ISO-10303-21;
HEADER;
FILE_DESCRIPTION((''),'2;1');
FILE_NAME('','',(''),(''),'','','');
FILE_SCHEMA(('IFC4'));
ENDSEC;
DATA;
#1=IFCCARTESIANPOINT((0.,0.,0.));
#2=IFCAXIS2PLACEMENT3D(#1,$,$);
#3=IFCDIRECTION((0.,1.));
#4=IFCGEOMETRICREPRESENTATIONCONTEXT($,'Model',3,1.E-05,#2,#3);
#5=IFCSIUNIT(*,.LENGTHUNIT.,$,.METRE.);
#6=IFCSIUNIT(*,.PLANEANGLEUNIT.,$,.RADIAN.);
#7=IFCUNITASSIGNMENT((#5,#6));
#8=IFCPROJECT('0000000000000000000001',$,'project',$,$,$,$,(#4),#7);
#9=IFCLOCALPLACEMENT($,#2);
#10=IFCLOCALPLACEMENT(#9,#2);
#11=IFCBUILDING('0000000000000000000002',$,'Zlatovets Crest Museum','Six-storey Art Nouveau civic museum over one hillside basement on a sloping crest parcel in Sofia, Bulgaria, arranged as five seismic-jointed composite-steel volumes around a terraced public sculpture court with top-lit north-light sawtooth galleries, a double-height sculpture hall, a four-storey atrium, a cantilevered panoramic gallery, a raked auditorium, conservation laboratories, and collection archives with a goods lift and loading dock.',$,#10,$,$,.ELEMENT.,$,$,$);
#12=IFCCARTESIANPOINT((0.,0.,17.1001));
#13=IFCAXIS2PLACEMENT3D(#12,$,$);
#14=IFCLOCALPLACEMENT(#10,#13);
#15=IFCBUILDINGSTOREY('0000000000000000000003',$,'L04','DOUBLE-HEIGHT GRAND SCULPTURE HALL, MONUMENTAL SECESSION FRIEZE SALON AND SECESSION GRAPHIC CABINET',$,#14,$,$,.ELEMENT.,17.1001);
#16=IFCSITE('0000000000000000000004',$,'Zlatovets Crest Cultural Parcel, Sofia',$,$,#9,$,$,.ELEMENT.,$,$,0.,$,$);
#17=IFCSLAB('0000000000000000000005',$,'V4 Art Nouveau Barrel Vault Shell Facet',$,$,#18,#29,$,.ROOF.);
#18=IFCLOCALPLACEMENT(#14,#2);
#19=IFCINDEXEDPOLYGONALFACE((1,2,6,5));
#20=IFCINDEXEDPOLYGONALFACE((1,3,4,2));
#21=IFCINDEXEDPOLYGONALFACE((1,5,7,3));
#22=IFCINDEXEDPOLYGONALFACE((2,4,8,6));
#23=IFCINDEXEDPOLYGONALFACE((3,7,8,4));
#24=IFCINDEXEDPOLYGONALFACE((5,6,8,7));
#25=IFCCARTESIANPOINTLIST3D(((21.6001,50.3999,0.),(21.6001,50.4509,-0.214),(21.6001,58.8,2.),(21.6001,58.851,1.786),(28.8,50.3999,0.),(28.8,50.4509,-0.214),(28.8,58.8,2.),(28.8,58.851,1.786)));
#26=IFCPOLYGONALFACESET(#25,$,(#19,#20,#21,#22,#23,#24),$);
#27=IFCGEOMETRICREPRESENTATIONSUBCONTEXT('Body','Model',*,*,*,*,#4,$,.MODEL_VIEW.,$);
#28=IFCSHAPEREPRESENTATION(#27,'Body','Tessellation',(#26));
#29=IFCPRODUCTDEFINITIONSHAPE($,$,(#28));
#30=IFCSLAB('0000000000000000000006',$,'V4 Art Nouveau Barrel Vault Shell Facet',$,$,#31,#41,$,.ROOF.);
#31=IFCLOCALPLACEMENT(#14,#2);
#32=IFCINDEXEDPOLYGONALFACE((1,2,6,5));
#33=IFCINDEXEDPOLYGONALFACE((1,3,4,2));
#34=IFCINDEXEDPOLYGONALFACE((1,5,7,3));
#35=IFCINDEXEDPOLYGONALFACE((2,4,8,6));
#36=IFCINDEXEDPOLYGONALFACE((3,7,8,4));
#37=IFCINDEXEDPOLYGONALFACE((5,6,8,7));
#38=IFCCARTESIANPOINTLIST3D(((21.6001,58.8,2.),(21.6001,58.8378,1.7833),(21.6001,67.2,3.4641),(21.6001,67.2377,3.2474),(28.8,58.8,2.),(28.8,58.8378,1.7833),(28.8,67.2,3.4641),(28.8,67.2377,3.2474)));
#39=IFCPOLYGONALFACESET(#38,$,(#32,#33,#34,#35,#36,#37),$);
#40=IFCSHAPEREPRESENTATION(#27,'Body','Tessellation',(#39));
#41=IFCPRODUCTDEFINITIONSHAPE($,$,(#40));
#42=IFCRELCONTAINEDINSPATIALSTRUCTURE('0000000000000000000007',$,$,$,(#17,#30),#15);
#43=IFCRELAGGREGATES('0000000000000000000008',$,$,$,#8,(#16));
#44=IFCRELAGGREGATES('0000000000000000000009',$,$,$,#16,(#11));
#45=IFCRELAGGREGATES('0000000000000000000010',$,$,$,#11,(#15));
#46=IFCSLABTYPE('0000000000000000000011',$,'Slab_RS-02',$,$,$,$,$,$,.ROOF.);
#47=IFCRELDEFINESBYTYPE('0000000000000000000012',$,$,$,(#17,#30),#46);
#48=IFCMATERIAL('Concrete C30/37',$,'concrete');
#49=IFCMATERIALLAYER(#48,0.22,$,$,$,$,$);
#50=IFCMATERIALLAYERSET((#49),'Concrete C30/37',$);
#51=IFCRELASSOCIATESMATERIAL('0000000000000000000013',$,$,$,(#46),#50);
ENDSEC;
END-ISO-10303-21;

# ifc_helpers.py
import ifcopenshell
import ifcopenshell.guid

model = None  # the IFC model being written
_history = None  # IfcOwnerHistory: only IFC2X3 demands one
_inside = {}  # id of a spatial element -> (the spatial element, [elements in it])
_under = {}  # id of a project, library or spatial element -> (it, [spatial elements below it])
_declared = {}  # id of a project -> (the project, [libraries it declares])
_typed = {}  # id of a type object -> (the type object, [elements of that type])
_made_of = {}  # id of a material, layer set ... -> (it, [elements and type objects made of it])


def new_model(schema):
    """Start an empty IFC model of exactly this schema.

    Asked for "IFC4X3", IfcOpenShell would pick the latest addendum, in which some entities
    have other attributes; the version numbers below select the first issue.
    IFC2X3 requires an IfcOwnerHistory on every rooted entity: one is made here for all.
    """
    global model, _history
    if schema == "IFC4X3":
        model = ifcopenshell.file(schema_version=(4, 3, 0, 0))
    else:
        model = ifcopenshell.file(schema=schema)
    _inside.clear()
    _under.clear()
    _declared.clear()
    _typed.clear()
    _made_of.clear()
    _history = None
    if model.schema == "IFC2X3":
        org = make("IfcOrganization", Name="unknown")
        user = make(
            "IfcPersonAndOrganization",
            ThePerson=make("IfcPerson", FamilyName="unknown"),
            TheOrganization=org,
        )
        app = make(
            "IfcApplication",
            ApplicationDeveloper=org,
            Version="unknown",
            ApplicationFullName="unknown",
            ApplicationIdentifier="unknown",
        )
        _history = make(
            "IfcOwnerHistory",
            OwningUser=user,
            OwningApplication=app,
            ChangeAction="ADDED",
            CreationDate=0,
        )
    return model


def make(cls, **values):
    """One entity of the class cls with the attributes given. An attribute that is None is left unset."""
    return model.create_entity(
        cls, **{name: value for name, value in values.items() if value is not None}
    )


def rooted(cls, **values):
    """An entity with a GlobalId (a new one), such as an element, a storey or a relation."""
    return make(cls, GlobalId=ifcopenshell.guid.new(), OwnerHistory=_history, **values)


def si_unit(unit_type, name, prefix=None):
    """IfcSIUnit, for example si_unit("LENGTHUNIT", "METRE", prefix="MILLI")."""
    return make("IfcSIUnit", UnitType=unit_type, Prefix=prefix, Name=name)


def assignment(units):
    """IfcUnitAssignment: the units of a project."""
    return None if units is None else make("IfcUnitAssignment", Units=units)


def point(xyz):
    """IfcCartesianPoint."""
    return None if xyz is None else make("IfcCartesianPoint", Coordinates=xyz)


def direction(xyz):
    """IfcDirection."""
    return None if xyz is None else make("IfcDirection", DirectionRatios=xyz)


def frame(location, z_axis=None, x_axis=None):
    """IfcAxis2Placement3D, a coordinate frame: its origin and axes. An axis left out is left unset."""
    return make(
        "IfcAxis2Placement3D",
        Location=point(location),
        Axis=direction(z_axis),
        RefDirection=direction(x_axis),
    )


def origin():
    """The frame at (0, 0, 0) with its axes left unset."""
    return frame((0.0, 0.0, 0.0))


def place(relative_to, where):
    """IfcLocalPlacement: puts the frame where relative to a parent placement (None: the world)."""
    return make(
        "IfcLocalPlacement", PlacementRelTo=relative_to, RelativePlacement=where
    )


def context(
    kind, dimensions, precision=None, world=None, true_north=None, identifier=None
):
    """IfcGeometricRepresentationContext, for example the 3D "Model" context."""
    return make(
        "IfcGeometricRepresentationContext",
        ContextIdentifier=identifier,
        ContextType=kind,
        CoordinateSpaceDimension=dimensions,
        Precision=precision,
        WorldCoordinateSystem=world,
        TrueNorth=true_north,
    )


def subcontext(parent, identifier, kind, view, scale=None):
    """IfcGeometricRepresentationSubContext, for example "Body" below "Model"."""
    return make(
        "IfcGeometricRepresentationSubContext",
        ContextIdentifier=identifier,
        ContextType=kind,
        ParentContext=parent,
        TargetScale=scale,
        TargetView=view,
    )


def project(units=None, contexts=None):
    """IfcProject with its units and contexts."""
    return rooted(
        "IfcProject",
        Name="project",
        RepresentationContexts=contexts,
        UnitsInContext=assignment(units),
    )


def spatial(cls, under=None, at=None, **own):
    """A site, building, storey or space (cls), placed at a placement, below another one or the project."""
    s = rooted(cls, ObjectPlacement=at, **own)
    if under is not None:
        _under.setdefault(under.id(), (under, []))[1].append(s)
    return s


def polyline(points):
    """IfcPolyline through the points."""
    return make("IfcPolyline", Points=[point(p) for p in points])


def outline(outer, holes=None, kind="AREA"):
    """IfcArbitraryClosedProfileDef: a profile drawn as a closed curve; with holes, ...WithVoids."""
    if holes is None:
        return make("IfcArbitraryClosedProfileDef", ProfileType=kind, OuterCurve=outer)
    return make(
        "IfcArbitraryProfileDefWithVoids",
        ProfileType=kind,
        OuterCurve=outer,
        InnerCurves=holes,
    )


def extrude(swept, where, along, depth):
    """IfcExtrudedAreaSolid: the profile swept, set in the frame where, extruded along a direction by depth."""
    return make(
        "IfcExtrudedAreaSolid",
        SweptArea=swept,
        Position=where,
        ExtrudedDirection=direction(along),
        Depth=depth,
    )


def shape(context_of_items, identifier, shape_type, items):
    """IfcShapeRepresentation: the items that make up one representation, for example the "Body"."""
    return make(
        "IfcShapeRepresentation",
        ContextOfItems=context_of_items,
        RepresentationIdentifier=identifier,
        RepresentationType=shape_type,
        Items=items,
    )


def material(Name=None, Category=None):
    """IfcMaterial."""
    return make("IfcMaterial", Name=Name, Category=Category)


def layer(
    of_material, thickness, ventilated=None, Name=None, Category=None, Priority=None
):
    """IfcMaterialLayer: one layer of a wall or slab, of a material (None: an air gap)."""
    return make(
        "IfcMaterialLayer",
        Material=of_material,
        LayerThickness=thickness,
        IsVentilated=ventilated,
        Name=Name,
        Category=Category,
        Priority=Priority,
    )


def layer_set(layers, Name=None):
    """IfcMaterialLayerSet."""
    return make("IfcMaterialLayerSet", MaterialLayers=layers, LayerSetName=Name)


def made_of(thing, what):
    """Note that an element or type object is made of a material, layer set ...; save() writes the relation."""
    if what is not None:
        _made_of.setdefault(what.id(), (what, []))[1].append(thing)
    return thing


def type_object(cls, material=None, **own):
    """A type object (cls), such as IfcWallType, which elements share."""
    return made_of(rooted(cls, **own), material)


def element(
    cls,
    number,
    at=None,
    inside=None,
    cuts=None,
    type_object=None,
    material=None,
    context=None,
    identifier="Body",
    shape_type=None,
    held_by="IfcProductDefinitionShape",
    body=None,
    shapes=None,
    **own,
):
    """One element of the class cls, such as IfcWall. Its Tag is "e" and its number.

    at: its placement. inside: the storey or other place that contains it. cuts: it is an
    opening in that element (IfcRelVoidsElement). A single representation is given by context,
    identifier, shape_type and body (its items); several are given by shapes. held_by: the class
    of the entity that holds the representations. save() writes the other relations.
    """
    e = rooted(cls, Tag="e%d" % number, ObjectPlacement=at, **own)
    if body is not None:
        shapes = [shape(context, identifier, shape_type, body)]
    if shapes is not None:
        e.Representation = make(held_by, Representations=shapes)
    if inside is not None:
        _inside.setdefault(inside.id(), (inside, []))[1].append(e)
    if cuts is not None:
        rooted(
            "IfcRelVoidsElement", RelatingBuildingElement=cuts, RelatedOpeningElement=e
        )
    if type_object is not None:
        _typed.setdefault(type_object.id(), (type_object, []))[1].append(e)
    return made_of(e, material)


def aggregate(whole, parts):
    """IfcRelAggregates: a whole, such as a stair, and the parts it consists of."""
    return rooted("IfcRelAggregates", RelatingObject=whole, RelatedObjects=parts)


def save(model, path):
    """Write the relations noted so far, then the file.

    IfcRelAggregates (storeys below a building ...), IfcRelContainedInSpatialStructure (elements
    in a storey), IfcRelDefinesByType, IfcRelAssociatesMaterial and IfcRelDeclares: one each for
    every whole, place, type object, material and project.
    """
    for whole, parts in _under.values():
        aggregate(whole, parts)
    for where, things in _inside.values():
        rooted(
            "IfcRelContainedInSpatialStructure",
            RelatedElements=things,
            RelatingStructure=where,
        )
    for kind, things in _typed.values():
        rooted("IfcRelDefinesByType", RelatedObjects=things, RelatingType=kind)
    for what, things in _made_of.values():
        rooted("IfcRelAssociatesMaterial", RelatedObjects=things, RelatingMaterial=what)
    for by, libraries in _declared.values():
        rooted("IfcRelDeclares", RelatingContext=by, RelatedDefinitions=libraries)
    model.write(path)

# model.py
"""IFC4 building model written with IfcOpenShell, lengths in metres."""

from ifc_helpers import new_model, si_unit, direction, frame, origin, place, context, subcontext, project, spatial, polyline, outline, extrude, material, layer, layer_set, type_object, element, save


model = new_model("IFC4")

# Units and contexts
model_context = context("Model", 3, precision=1e-05, world=origin(), true_north=direction((0.0, 1.0)))
body_context = subcontext(model_context, "Body", "Model", "MODEL_VIEW")
ifc_project = project(units=[si_unit("LENGTHUNIT", "METRE"), si_unit("PLANEANGLEUNIT", "RADIAN")], contexts=[model_context])

# Site, building, storey
site_placement = place(None, origin())
site = spatial("IfcSite", under=ifc_project, at=site_placement, Name="Zlatovets Crest Cultural Parcel, Sofia", CompositionType="ELEMENT", RefElevation=0.0)
building_placement = place(site_placement, origin())
building = spatial("IfcBuilding", under=site, at=building_placement, Name="Zlatovets Crest Museum", Description="Six-storey Art Nouveau civic museum over one hillside basement on a sloping crest parcel in Sofia, Bulgaria, arranged as five seismic-jointed composite-steel volumes around a terraced public sculpture court with top-lit north-light sawtooth galleries, a double-height sculpture hall, a four-storey atrium, a cantilevered panoramic gallery, a raked auditorium, conservation laboratories, and collection archives with a goods lift and loading dock.", CompositionType="ELEMENT")
storey_placement = place(building_placement, frame((0.0, 0.0, 17.1001)))
storey = spatial("IfcBuildingStorey", under=building, at=storey_placement, Name="L04", Description="DOUBLE-HEIGHT GRAND SCULPTURE HALL, MONUMENTAL SECESSION FRIEZE SALON AND SECESSION GRAPHIC CABINET", CompositionType="ELEMENT", Elevation=17.1001)

# Slabs
ifc_material_1 = material(Name="Concrete C30/37", Category="concrete")
ifc_layer = layer(ifc_material_1, 0.22)
ifc_layer_set = layer_set([ifc_layer], Name="Concrete C30/37")
slab_type = type_object("IfcSlabType", Name="Slab_RS-02", PredefinedType="ROOF", material=ifc_layer_set)
slab_1_placement = place(storey_placement, frame((21.6001, 50.3999, 0.0), z_axis=(0.0, -0.231617, 0.972807), x_axis=(1.0, 0.0, 0.0)))
element("IfcSlab", 1, at=slab_1_placement, inside=storey, type_object=slab_type, Name="V4 Art Nouveau Barrel Vault Shell Facet", PredefinedType="ROOF", context=body_context, shape_type="SweptSolid", body=[
    extrude(outline(polyline([(0.0, 0.0), (7.2, 0.0), (7.2, 8.635), (0.0, 8.635), (0.0, 0.0)])), origin(), (0.0, 0.0, -1.0), 0.22),
])
slab_2_placement = place(storey_placement, frame((21.6001, 58.8, 2.0), z_axis=(0.0, -0.171712, 0.985147), x_axis=(1.0, 0.0, 0.0)))
element("IfcSlab", 2, at=slab_2_placement, inside=storey, type_object=slab_type, Name="V4 Art Nouveau Barrel Vault Shell Facet", PredefinedType="ROOF", context=body_context, shape_type="SweptSolid", body=[
    extrude(outline(polyline([(0.0, 0.0), (7.2, 0.0), (7.2, 8.5265), (0.0, 8.5265), (0.0, 0.0)])), origin(), (0.0, 0.0, -1.0), 0.22),
])

save(model, "model.ifc")
